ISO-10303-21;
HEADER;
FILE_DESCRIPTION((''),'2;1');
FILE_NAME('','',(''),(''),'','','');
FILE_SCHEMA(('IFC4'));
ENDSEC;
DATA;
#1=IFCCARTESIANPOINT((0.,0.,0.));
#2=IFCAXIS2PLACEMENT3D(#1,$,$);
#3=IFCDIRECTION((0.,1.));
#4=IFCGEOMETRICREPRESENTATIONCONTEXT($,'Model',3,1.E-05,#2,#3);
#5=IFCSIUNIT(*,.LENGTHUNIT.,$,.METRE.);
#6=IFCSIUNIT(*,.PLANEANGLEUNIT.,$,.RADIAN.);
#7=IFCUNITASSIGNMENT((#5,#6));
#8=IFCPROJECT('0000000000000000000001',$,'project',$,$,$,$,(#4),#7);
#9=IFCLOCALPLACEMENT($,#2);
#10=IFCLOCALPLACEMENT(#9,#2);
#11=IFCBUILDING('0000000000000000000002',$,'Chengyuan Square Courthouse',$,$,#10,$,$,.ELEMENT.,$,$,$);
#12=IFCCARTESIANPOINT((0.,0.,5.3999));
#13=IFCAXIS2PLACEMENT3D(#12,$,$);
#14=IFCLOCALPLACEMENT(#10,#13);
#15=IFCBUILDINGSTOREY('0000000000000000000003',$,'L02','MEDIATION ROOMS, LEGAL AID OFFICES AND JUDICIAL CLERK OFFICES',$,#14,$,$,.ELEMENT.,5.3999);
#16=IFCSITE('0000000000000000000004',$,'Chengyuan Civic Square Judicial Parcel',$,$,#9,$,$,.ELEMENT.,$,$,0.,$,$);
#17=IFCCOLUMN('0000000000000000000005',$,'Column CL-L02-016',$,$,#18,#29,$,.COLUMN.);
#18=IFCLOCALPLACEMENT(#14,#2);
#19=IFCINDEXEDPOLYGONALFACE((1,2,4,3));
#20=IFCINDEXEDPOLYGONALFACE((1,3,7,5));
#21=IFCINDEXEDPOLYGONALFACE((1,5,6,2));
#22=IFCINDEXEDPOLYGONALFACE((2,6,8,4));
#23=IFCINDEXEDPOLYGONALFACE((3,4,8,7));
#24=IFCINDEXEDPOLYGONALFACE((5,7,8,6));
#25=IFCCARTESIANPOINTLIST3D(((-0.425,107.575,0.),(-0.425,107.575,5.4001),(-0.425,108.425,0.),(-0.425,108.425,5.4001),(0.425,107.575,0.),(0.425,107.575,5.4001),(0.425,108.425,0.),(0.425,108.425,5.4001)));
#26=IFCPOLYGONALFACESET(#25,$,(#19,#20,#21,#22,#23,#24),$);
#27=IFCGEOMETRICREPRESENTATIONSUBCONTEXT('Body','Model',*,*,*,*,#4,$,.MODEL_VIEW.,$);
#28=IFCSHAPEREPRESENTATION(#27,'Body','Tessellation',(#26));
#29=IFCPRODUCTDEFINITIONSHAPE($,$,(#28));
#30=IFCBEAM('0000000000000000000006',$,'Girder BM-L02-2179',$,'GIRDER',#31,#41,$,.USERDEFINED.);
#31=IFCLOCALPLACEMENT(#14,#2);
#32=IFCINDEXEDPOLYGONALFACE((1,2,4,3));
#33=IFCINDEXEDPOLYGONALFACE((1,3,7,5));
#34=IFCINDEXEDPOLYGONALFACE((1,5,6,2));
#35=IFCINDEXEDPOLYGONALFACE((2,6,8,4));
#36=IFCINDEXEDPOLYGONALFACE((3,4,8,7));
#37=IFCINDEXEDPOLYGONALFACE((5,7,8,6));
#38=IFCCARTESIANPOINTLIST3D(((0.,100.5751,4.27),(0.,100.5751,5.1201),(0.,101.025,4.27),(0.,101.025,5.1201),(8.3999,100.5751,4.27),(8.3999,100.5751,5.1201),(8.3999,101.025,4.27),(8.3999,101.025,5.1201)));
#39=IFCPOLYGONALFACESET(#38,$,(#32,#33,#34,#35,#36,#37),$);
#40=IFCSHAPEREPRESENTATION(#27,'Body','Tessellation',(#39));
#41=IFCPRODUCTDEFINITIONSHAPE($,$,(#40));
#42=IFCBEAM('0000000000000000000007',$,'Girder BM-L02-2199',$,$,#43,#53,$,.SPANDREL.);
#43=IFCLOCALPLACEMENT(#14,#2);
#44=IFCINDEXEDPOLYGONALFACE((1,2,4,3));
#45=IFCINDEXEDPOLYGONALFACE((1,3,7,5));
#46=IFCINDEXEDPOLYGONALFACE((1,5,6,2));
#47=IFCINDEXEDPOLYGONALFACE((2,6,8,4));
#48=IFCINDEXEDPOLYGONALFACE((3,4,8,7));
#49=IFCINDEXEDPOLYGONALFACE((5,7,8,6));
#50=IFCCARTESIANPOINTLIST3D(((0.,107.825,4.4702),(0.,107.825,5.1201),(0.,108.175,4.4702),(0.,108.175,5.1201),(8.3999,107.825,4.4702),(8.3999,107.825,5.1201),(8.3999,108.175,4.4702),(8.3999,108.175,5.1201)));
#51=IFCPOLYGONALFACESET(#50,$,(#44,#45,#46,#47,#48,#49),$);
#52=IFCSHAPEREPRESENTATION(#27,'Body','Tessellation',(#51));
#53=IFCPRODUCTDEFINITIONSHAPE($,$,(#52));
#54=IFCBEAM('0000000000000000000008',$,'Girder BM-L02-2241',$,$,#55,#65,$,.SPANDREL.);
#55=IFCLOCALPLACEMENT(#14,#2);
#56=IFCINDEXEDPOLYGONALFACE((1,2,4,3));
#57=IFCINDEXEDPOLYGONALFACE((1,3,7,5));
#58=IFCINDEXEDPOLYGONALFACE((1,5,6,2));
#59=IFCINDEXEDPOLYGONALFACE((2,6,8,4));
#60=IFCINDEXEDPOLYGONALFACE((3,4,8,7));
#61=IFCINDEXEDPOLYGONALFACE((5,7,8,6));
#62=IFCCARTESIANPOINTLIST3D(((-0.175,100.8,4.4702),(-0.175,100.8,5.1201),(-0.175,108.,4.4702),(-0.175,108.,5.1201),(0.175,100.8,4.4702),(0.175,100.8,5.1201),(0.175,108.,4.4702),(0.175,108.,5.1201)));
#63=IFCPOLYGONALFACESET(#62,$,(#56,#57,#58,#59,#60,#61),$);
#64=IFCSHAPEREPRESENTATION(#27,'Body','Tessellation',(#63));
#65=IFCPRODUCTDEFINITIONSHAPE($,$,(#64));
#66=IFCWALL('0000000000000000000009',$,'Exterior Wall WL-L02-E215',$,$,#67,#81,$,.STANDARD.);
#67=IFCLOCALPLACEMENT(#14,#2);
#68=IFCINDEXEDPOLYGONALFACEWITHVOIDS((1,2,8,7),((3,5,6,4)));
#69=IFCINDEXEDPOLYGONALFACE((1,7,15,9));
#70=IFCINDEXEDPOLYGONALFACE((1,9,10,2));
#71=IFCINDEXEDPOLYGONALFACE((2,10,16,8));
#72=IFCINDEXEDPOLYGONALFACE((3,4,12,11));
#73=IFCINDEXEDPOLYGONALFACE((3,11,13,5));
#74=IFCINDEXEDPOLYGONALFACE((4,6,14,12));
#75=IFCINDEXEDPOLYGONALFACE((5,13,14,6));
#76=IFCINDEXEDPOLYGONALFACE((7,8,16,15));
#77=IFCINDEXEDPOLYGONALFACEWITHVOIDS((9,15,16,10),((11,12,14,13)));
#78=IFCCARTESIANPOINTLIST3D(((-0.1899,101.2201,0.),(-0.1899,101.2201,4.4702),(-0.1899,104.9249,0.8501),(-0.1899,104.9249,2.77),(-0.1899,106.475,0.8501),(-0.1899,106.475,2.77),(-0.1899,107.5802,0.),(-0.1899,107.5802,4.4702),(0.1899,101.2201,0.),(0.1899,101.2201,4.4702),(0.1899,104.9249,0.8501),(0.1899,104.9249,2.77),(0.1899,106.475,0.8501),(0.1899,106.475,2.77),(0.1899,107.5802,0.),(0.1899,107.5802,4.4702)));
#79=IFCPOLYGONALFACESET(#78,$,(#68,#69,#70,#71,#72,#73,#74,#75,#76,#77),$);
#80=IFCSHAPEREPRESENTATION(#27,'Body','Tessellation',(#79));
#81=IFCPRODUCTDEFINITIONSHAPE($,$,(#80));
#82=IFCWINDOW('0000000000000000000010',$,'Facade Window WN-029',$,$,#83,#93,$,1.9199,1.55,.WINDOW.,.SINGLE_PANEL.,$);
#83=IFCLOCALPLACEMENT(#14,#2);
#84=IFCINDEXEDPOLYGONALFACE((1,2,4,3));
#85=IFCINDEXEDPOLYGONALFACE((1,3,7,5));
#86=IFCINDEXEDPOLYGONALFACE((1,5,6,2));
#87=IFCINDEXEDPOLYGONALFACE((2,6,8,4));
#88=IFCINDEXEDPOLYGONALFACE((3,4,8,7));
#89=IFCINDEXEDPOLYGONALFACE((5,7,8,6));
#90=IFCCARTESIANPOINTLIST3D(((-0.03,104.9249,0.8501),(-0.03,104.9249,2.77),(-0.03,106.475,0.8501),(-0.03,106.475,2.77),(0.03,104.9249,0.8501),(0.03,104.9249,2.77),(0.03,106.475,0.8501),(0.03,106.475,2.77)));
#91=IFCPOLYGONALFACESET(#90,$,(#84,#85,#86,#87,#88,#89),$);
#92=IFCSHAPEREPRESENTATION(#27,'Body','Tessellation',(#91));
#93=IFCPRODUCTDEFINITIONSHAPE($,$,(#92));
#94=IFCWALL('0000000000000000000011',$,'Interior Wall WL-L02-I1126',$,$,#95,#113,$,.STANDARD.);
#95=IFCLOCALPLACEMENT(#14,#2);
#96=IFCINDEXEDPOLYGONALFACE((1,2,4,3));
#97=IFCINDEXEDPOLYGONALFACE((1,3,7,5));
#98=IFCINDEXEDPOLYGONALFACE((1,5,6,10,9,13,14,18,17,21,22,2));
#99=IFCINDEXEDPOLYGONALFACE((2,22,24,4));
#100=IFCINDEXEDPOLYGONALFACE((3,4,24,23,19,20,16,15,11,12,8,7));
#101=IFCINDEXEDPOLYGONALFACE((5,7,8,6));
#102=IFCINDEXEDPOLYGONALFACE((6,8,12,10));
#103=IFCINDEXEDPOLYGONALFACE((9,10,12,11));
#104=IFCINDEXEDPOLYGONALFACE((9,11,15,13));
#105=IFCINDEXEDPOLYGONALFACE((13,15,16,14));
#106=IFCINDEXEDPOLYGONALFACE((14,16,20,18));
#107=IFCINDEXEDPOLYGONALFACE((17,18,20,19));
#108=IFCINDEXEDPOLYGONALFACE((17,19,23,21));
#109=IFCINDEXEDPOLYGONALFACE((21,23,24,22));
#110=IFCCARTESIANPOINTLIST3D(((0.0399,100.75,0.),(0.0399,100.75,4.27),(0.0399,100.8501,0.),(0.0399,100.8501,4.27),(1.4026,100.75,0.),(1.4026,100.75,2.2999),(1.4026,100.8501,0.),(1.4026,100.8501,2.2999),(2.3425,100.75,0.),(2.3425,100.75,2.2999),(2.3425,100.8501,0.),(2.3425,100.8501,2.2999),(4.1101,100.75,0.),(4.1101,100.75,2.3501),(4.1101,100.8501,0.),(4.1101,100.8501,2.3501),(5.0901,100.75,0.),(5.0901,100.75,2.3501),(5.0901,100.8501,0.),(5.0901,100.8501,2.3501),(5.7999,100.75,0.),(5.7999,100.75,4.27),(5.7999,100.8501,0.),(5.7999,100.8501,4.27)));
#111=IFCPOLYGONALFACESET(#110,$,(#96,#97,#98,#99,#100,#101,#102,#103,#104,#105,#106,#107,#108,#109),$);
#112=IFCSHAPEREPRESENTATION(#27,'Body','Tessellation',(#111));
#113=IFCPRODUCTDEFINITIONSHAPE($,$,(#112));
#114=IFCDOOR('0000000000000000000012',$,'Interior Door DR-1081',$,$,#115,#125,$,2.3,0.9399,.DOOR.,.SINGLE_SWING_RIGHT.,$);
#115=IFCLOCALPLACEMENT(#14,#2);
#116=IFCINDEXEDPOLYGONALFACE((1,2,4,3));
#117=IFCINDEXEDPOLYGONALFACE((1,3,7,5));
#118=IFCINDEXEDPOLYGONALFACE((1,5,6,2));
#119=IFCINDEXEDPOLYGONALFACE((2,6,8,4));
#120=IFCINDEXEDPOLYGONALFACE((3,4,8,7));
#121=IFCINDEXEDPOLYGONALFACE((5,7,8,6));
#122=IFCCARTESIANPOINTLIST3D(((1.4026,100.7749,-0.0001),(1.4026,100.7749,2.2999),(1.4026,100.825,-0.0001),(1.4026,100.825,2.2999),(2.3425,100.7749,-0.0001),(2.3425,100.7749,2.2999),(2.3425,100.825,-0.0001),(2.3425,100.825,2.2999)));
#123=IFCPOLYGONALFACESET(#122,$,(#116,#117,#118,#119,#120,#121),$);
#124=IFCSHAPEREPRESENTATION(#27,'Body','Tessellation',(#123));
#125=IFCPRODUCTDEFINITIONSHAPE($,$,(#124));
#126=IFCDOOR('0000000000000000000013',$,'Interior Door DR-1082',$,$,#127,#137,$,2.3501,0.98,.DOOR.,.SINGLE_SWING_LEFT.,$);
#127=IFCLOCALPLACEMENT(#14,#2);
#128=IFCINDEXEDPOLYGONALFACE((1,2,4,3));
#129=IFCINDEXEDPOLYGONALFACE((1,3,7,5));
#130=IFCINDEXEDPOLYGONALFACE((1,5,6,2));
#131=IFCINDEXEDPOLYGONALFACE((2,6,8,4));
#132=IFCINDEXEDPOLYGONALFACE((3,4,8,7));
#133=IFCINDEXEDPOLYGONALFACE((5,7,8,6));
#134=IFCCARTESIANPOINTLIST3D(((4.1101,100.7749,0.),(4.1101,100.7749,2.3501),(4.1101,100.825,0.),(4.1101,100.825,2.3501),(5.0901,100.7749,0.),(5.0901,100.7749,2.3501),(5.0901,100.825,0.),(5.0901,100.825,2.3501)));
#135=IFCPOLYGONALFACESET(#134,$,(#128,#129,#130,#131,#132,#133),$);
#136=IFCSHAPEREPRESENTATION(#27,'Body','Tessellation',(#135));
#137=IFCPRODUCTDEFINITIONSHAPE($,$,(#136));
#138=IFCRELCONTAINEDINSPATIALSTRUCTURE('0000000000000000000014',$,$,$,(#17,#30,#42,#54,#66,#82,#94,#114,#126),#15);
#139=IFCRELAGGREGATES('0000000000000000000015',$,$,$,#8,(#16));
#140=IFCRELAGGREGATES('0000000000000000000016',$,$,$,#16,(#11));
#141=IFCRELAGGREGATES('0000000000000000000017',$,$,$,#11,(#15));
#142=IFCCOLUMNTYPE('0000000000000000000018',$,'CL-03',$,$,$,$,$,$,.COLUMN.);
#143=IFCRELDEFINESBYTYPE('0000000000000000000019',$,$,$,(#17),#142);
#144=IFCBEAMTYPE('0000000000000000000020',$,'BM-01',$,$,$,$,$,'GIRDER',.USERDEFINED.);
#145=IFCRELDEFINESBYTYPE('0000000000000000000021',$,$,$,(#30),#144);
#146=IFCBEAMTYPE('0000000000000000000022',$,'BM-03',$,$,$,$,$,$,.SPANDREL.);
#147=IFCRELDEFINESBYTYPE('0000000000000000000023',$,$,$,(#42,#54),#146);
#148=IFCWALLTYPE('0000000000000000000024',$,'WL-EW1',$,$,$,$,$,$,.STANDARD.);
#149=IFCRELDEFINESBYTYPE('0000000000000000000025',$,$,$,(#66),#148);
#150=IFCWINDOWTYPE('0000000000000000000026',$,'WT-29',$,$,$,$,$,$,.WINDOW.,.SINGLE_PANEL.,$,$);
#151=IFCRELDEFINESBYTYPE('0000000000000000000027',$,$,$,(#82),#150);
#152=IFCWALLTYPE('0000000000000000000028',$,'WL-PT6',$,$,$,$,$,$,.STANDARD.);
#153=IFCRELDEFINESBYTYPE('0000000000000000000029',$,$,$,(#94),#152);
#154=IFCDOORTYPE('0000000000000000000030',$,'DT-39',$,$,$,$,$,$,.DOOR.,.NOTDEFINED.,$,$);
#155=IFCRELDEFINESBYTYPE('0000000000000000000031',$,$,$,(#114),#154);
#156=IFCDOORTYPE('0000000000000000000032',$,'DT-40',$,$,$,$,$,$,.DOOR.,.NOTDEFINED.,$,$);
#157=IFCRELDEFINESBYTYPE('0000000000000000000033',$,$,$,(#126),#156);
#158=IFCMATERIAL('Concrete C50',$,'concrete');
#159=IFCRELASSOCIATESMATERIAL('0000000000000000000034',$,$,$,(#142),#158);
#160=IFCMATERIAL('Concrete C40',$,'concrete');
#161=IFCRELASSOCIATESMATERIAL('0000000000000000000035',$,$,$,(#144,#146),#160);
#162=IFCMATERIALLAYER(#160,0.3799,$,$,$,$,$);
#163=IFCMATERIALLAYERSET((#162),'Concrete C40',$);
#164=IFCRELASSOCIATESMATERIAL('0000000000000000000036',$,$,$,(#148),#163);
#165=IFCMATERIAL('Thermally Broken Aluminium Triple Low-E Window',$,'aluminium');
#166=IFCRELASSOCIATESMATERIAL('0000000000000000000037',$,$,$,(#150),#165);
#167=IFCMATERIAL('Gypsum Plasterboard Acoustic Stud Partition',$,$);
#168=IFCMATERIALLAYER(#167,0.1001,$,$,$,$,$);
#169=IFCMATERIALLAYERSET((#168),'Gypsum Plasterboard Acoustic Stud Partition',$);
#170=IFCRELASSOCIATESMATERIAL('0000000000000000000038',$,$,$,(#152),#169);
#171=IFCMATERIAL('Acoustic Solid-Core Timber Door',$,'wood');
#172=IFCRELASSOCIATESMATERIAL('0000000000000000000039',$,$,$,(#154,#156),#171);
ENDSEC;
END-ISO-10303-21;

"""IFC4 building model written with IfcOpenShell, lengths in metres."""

from ifc_helpers import new_model, si_unit, direction, frame, frame_2d, origin, origin_2d, place, context, subcontext, project, spatial, rectangle, extrude, material, layer, layer_set, material_profile, profile_set, type_object, element, fill, save


model = new_model("IFC4")

# Units and contexts
model_context = context("Model", 3, precision=1e-05, world=origin(), true_north=direction((0.0, 1.0)))
body_context = subcontext(model_context, "Body", "Model", "MODEL_VIEW")
ifc_project = project(units=[si_unit("LENGTHUNIT", "METRE"), si_unit("PLANEANGLEUNIT", "RADIAN")], contexts=[model_context])

# Site, building, storey
site_placement = place(None, origin())
site = spatial("IfcSite", under=ifc_project, at=site_placement, Name="Chengyuan Civic Square Judicial Parcel", CompositionType="ELEMENT", RefElevation=0.0)
building_placement = place(site_placement, origin())
building = spatial("IfcBuilding", under=site, at=building_placement, Name="Chengyuan Square Courthouse", CompositionType="ELEMENT")
storey_placement = place(building_placement, frame((0.0, 0.0, 5.3999)))
storey = spatial("IfcBuildingStorey", under=building, at=storey_placement, Name="L02", Description="MEDIATION ROOMS, LEGAL AID OFFICES AND JUDICIAL CLERK OFFICES", CompositionType="ELEMENT", Elevation=5.3999)

# Column
ifc_material_1 = material(Name="Concrete C50", Category="concrete")
ifc_material_profile_1 = material_profile(ifc_material_1, rectangle(XDim=0.8501, YDim=0.8501, at=origin_2d()), Name="RC-COL-850x850")
ifc_profile_set_1 = profile_set([ifc_material_profile_1], Name="Concrete C50")
column_type = type_object("IfcColumnType", Name="CL-03", PredefinedType="COLUMN", material=ifc_profile_set_1)
column_placement = place(storey_placement, frame((0.0, 108.0, 0.0), z_axis=(0.0, 0.0, 1.0), x_axis=(1.0, 0.0, 0.0)))
element("IfcColumn", 1, at=column_placement, inside=storey, type_object=column_type, Name="Column CL-L02-016", PredefinedType="COLUMN", context=body_context, shape_type="SweptSolid", body=[
    extrude(rectangle(XDim=0.8501, YDim=0.8501, at=origin_2d()), origin(), (0.0, 0.0, 1.0), 5.4001),
])

# Beams
ifc_material_2 = material(Name="Concrete C40", Category="concrete")
ifc_material_profile_2 = material_profile(ifc_material_2, rectangle(XDim=0.45, YDim=0.8501, at=origin_2d()), Name="RC-BM-450x850")
ifc_profile_set_2 = profile_set([ifc_material_profile_2], Name="Concrete C40")
beam_type_1 = type_object("IfcBeamType", Name="BM-01", ElementType="GIRDER", PredefinedType="USERDEFINED", material=ifc_profile_set_2)
beam_1_placement = place(storey_placement, frame((0.0, 100.8, 4.6951), z_axis=(1.0, 0.0, 0.0), x_axis=(0.0, 1.0, 0.0)))
element("IfcBeam", 2, at=beam_1_placement, inside=storey, type_object=beam_type_1, Name="Girder BM-L02-2179", ObjectType="GIRDER", PredefinedType="USERDEFINED", context=body_context, shape_type="SweptSolid", body=[
    extrude(rectangle(XDim=0.45, YDim=0.8501, at=origin_2d()), origin(), (0.0, 0.0, 1.0), 8.3999),
])
ifc_material_profile_3 = material_profile(ifc_material_2, rectangle(XDim=0.3501, YDim=0.6499, at=origin_2d()), Name="RC-BM-350x650")
ifc_profile_set_3 = profile_set([ifc_material_profile_3], Name="Concrete C40")
beam_type_2 = type_object("IfcBeamType", Name="BM-03", PredefinedType="SPANDREL", material=ifc_profile_set_3)
beam_2_placement = place(storey_placement, frame((0.0, 108.0, 4.7952), z_axis=(1.0, 0.0, 0.0), x_axis=(0.0, 1.0, 0.0)))
element("IfcBeam", 3, at=beam_2_placement, inside=storey, type_object=beam_type_2, Name="Girder BM-L02-2199", PredefinedType="SPANDREL", context=body_context, shape_type="SweptSolid", body=[
    extrude(rectangle(XDim=0.3501, YDim=0.6499, at=origin_2d()), origin(), (0.0, 0.0, 1.0), 8.3999),
])
beam_3_placement = place(storey_placement, frame((0.0, 100.8, 4.7952), z_axis=(0.0, 1.0, 0.0), x_axis=(-1.0, 0.0, 0.0)))
element("IfcBeam", 4, at=beam_3_placement, inside=storey, type_object=beam_type_2, Name="Girder BM-L02-2241", PredefinedType="SPANDREL", context=body_context, shape_type="SweptSolid", body=[
    extrude(rectangle(XDim=0.3501, YDim=0.6499, at=origin_2d()), origin(), (0.0, 0.0, 1.0), 7.2),
])

# Wall, opening, window
ifc_layer_1 = layer(ifc_material_2, 0.3799)
ifc_layer_set_1 = layer_set([ifc_layer_1], Name="Concrete C40")
wall_type_1 = type_object("IfcWallType", Name="WL-EW1", PredefinedType="STANDARD", material=ifc_layer_set_1)
wall_1_placement = place(storey_placement, frame((0.0, 101.22, 0.0), z_axis=(0.0, 0.0, 1.0), x_axis=(0.0, 1.0, 0.0)))
wall_1 = element("IfcWall", 5, at=wall_1_placement, inside=storey, type_object=wall_type_1, Name="Exterior Wall WL-L02-E215", PredefinedType="STANDARD", context=body_context, shape_type="SweptSolid", body=[
    extrude(rectangle(XDim=6.3601, YDim=0.3799, at=frame_2d((3.1802, 0.0))), origin(), (0.0, 0.0, 1.0), 4.4702),
])
opening_1_placement = place(wall_1_placement, frame((3.7051, 0.0, 0.8501)))
opening_1 = element("IfcOpeningElement", 6, at=opening_1_placement, cuts=wall_1, PredefinedType="OPENING", context=body_context, shape_type="SweptSolid", body=[
    extrude(rectangle(XDim=1.55, YDim=1.9199, at=frame_2d((0.7749, 0.96))), frame((0.0, 0.2019, 0.0), z_axis=(0.0, -1.0, 0.0), x_axis=(1.0, 0.0, 0.0)), (0.0, 0.0, 1.0), 0.4038),
])
ifc_material_3 = material(Name="Thermally Broken Aluminium Triple Low-E Window", Category="aluminium")
window_type = type_object("IfcWindowType", Name="WT-29", PartitioningType="SINGLE_PANEL", PredefinedType="WINDOW", material=ifc_material_3)
window_placement = place(opening_1_placement, origin())
window = element("IfcWindow", 7, at=window_placement, inside=storey, type_object=window_type, Name="Facade Window WN-029", OverallHeight=1.9199, OverallWidth=1.55, PartitioningType="SINGLE_PANEL", PredefinedType="WINDOW", context=body_context, shape_type="SweptSolid", body=[
    extrude(rectangle(XDim=1.55, YDim=1.9199, at=frame_2d((0.7749, 0.96))), frame((0.0, 0.03, 0.0), z_axis=(0.0, -1.0, 0.0), x_axis=(1.0, 0.0, 0.0)), (0.0, 0.0, 1.0), 0.0601),
])
fill(opening_1, window)

# Wall, openings, doors
ifc_material_4 = material(Name="Gypsum Plasterboard Acoustic Stud Partition")
ifc_layer_2 = layer(ifc_material_4, 0.1001)
ifc_layer_set_2 = layer_set([ifc_layer_2], Name="Gypsum Plasterboard Acoustic Stud Partition")
wall_type_2 = type_object("IfcWallType", Name="WL-PT6", PredefinedType="STANDARD", material=ifc_layer_set_2)
wall_2_placement = place(storey_placement, frame((0.04, 100.8, 0.0), z_axis=(0.0, 0.0, 1.0), x_axis=(1.0, 0.0, 0.0)))
wall_2 = element("IfcWall", 8, at=wall_2_placement, inside=storey, type_object=wall_type_2, Name="Interior Wall WL-L02-I1126", PredefinedType="STANDARD", context=body_context, shape_type="SweptSolid", body=[
    extrude(rectangle(XDim=5.76, YDim=0.1001, at=frame_2d((2.8799, 0.0))), origin(), (0.0, 0.0, 1.0), 4.27),
])
opening_2_placement = place(wall_2_placement, frame((1.3625, 0.0, 0.0)))
opening_2 = element("IfcOpeningElement", 9, at=opening_2_placement, cuts=wall_2, PredefinedType="OPENING", context=body_context, shape_type="SweptSolid", body=[
    extrude(rectangle(XDim=0.9399, YDim=2.3, at=frame_2d((0.47, 1.1499))), frame((0.0, 0.062, 0.0), z_axis=(0.0, -1.0, 0.0), x_axis=(1.0, 0.0, 0.0)), (0.0, 0.0, 1.0), 0.124),
])
opening_3_placement = place(wall_2_placement, frame((4.0701, 0.0, 0.0)))
opening_3 = element("IfcOpeningElement", 10, at=opening_3_placement, cuts=wall_2, PredefinedType="OPENING", context=body_context, shape_type="SweptSolid", body=[
    extrude(rectangle(XDim=0.98, YDim=2.3501, at=frame_2d((0.49, 1.175))), frame((0.0, 0.062, 0.0), z_axis=(0.0, -1.0, 0.0), x_axis=(1.0, 0.0, 0.0)), (0.0, 0.0, 1.0), 0.124),
])
ifc_material_5 = material(Name="Acoustic Solid-Core Timber Door", Category="wood")
door_type_1 = type_object("IfcDoorType", Name="DT-39", OperationType="NOTDEFINED", PredefinedType="DOOR", material=ifc_material_5)
door_1_placement = place(opening_2_placement, origin())
door_1 = element("IfcDoor", 11, at=door_1_placement, inside=storey, type_object=door_type_1, Name="Interior Door DR-1081", OperationType="SINGLE_SWING_RIGHT", OverallHeight=2.3, OverallWidth=0.9399, PredefinedType="DOOR", context=body_context, shape_type="SweptSolid", body=[
    extrude(rectangle(XDim=0.9399, YDim=2.3, at=frame_2d((0.47, 1.1499))), frame((0.0, 0.0249, 0.0), z_axis=(0.0, -1.0, 0.0), x_axis=(1.0, 0.0, 0.0)), (0.0, 0.0, 1.0), 0.05),
])
fill(opening_2, door_1)
door_type_2 = type_object("IfcDoorType", Name="DT-40", OperationType="NOTDEFINED", PredefinedType="DOOR", material=ifc_material_5)
door_2_placement = place(opening_3_placement, origin())
door_2 = element("IfcDoor", 12, at=door_2_placement, inside=storey, type_object=door_type_2, Name="Interior Door DR-1082", OperationType="SINGLE_SWING_LEFT", OverallHeight=2.3501, OverallWidth=0.98, PredefinedType="DOOR", context=body_context, shape_type="SweptSolid", body=[
    extrude(rectangle(XDim=0.98, YDim=2.3501, at=frame_2d((0.49, 1.175))), frame((0.0, 0.0249, 0.0), z_axis=(0.0, -1.0, 0.0), x_axis=(1.0, 0.0, 0.0)), (0.0, 0.0, 1.0), 0.05),
])
fill(opening_3, door_2)

save(model, "model.ifc")
